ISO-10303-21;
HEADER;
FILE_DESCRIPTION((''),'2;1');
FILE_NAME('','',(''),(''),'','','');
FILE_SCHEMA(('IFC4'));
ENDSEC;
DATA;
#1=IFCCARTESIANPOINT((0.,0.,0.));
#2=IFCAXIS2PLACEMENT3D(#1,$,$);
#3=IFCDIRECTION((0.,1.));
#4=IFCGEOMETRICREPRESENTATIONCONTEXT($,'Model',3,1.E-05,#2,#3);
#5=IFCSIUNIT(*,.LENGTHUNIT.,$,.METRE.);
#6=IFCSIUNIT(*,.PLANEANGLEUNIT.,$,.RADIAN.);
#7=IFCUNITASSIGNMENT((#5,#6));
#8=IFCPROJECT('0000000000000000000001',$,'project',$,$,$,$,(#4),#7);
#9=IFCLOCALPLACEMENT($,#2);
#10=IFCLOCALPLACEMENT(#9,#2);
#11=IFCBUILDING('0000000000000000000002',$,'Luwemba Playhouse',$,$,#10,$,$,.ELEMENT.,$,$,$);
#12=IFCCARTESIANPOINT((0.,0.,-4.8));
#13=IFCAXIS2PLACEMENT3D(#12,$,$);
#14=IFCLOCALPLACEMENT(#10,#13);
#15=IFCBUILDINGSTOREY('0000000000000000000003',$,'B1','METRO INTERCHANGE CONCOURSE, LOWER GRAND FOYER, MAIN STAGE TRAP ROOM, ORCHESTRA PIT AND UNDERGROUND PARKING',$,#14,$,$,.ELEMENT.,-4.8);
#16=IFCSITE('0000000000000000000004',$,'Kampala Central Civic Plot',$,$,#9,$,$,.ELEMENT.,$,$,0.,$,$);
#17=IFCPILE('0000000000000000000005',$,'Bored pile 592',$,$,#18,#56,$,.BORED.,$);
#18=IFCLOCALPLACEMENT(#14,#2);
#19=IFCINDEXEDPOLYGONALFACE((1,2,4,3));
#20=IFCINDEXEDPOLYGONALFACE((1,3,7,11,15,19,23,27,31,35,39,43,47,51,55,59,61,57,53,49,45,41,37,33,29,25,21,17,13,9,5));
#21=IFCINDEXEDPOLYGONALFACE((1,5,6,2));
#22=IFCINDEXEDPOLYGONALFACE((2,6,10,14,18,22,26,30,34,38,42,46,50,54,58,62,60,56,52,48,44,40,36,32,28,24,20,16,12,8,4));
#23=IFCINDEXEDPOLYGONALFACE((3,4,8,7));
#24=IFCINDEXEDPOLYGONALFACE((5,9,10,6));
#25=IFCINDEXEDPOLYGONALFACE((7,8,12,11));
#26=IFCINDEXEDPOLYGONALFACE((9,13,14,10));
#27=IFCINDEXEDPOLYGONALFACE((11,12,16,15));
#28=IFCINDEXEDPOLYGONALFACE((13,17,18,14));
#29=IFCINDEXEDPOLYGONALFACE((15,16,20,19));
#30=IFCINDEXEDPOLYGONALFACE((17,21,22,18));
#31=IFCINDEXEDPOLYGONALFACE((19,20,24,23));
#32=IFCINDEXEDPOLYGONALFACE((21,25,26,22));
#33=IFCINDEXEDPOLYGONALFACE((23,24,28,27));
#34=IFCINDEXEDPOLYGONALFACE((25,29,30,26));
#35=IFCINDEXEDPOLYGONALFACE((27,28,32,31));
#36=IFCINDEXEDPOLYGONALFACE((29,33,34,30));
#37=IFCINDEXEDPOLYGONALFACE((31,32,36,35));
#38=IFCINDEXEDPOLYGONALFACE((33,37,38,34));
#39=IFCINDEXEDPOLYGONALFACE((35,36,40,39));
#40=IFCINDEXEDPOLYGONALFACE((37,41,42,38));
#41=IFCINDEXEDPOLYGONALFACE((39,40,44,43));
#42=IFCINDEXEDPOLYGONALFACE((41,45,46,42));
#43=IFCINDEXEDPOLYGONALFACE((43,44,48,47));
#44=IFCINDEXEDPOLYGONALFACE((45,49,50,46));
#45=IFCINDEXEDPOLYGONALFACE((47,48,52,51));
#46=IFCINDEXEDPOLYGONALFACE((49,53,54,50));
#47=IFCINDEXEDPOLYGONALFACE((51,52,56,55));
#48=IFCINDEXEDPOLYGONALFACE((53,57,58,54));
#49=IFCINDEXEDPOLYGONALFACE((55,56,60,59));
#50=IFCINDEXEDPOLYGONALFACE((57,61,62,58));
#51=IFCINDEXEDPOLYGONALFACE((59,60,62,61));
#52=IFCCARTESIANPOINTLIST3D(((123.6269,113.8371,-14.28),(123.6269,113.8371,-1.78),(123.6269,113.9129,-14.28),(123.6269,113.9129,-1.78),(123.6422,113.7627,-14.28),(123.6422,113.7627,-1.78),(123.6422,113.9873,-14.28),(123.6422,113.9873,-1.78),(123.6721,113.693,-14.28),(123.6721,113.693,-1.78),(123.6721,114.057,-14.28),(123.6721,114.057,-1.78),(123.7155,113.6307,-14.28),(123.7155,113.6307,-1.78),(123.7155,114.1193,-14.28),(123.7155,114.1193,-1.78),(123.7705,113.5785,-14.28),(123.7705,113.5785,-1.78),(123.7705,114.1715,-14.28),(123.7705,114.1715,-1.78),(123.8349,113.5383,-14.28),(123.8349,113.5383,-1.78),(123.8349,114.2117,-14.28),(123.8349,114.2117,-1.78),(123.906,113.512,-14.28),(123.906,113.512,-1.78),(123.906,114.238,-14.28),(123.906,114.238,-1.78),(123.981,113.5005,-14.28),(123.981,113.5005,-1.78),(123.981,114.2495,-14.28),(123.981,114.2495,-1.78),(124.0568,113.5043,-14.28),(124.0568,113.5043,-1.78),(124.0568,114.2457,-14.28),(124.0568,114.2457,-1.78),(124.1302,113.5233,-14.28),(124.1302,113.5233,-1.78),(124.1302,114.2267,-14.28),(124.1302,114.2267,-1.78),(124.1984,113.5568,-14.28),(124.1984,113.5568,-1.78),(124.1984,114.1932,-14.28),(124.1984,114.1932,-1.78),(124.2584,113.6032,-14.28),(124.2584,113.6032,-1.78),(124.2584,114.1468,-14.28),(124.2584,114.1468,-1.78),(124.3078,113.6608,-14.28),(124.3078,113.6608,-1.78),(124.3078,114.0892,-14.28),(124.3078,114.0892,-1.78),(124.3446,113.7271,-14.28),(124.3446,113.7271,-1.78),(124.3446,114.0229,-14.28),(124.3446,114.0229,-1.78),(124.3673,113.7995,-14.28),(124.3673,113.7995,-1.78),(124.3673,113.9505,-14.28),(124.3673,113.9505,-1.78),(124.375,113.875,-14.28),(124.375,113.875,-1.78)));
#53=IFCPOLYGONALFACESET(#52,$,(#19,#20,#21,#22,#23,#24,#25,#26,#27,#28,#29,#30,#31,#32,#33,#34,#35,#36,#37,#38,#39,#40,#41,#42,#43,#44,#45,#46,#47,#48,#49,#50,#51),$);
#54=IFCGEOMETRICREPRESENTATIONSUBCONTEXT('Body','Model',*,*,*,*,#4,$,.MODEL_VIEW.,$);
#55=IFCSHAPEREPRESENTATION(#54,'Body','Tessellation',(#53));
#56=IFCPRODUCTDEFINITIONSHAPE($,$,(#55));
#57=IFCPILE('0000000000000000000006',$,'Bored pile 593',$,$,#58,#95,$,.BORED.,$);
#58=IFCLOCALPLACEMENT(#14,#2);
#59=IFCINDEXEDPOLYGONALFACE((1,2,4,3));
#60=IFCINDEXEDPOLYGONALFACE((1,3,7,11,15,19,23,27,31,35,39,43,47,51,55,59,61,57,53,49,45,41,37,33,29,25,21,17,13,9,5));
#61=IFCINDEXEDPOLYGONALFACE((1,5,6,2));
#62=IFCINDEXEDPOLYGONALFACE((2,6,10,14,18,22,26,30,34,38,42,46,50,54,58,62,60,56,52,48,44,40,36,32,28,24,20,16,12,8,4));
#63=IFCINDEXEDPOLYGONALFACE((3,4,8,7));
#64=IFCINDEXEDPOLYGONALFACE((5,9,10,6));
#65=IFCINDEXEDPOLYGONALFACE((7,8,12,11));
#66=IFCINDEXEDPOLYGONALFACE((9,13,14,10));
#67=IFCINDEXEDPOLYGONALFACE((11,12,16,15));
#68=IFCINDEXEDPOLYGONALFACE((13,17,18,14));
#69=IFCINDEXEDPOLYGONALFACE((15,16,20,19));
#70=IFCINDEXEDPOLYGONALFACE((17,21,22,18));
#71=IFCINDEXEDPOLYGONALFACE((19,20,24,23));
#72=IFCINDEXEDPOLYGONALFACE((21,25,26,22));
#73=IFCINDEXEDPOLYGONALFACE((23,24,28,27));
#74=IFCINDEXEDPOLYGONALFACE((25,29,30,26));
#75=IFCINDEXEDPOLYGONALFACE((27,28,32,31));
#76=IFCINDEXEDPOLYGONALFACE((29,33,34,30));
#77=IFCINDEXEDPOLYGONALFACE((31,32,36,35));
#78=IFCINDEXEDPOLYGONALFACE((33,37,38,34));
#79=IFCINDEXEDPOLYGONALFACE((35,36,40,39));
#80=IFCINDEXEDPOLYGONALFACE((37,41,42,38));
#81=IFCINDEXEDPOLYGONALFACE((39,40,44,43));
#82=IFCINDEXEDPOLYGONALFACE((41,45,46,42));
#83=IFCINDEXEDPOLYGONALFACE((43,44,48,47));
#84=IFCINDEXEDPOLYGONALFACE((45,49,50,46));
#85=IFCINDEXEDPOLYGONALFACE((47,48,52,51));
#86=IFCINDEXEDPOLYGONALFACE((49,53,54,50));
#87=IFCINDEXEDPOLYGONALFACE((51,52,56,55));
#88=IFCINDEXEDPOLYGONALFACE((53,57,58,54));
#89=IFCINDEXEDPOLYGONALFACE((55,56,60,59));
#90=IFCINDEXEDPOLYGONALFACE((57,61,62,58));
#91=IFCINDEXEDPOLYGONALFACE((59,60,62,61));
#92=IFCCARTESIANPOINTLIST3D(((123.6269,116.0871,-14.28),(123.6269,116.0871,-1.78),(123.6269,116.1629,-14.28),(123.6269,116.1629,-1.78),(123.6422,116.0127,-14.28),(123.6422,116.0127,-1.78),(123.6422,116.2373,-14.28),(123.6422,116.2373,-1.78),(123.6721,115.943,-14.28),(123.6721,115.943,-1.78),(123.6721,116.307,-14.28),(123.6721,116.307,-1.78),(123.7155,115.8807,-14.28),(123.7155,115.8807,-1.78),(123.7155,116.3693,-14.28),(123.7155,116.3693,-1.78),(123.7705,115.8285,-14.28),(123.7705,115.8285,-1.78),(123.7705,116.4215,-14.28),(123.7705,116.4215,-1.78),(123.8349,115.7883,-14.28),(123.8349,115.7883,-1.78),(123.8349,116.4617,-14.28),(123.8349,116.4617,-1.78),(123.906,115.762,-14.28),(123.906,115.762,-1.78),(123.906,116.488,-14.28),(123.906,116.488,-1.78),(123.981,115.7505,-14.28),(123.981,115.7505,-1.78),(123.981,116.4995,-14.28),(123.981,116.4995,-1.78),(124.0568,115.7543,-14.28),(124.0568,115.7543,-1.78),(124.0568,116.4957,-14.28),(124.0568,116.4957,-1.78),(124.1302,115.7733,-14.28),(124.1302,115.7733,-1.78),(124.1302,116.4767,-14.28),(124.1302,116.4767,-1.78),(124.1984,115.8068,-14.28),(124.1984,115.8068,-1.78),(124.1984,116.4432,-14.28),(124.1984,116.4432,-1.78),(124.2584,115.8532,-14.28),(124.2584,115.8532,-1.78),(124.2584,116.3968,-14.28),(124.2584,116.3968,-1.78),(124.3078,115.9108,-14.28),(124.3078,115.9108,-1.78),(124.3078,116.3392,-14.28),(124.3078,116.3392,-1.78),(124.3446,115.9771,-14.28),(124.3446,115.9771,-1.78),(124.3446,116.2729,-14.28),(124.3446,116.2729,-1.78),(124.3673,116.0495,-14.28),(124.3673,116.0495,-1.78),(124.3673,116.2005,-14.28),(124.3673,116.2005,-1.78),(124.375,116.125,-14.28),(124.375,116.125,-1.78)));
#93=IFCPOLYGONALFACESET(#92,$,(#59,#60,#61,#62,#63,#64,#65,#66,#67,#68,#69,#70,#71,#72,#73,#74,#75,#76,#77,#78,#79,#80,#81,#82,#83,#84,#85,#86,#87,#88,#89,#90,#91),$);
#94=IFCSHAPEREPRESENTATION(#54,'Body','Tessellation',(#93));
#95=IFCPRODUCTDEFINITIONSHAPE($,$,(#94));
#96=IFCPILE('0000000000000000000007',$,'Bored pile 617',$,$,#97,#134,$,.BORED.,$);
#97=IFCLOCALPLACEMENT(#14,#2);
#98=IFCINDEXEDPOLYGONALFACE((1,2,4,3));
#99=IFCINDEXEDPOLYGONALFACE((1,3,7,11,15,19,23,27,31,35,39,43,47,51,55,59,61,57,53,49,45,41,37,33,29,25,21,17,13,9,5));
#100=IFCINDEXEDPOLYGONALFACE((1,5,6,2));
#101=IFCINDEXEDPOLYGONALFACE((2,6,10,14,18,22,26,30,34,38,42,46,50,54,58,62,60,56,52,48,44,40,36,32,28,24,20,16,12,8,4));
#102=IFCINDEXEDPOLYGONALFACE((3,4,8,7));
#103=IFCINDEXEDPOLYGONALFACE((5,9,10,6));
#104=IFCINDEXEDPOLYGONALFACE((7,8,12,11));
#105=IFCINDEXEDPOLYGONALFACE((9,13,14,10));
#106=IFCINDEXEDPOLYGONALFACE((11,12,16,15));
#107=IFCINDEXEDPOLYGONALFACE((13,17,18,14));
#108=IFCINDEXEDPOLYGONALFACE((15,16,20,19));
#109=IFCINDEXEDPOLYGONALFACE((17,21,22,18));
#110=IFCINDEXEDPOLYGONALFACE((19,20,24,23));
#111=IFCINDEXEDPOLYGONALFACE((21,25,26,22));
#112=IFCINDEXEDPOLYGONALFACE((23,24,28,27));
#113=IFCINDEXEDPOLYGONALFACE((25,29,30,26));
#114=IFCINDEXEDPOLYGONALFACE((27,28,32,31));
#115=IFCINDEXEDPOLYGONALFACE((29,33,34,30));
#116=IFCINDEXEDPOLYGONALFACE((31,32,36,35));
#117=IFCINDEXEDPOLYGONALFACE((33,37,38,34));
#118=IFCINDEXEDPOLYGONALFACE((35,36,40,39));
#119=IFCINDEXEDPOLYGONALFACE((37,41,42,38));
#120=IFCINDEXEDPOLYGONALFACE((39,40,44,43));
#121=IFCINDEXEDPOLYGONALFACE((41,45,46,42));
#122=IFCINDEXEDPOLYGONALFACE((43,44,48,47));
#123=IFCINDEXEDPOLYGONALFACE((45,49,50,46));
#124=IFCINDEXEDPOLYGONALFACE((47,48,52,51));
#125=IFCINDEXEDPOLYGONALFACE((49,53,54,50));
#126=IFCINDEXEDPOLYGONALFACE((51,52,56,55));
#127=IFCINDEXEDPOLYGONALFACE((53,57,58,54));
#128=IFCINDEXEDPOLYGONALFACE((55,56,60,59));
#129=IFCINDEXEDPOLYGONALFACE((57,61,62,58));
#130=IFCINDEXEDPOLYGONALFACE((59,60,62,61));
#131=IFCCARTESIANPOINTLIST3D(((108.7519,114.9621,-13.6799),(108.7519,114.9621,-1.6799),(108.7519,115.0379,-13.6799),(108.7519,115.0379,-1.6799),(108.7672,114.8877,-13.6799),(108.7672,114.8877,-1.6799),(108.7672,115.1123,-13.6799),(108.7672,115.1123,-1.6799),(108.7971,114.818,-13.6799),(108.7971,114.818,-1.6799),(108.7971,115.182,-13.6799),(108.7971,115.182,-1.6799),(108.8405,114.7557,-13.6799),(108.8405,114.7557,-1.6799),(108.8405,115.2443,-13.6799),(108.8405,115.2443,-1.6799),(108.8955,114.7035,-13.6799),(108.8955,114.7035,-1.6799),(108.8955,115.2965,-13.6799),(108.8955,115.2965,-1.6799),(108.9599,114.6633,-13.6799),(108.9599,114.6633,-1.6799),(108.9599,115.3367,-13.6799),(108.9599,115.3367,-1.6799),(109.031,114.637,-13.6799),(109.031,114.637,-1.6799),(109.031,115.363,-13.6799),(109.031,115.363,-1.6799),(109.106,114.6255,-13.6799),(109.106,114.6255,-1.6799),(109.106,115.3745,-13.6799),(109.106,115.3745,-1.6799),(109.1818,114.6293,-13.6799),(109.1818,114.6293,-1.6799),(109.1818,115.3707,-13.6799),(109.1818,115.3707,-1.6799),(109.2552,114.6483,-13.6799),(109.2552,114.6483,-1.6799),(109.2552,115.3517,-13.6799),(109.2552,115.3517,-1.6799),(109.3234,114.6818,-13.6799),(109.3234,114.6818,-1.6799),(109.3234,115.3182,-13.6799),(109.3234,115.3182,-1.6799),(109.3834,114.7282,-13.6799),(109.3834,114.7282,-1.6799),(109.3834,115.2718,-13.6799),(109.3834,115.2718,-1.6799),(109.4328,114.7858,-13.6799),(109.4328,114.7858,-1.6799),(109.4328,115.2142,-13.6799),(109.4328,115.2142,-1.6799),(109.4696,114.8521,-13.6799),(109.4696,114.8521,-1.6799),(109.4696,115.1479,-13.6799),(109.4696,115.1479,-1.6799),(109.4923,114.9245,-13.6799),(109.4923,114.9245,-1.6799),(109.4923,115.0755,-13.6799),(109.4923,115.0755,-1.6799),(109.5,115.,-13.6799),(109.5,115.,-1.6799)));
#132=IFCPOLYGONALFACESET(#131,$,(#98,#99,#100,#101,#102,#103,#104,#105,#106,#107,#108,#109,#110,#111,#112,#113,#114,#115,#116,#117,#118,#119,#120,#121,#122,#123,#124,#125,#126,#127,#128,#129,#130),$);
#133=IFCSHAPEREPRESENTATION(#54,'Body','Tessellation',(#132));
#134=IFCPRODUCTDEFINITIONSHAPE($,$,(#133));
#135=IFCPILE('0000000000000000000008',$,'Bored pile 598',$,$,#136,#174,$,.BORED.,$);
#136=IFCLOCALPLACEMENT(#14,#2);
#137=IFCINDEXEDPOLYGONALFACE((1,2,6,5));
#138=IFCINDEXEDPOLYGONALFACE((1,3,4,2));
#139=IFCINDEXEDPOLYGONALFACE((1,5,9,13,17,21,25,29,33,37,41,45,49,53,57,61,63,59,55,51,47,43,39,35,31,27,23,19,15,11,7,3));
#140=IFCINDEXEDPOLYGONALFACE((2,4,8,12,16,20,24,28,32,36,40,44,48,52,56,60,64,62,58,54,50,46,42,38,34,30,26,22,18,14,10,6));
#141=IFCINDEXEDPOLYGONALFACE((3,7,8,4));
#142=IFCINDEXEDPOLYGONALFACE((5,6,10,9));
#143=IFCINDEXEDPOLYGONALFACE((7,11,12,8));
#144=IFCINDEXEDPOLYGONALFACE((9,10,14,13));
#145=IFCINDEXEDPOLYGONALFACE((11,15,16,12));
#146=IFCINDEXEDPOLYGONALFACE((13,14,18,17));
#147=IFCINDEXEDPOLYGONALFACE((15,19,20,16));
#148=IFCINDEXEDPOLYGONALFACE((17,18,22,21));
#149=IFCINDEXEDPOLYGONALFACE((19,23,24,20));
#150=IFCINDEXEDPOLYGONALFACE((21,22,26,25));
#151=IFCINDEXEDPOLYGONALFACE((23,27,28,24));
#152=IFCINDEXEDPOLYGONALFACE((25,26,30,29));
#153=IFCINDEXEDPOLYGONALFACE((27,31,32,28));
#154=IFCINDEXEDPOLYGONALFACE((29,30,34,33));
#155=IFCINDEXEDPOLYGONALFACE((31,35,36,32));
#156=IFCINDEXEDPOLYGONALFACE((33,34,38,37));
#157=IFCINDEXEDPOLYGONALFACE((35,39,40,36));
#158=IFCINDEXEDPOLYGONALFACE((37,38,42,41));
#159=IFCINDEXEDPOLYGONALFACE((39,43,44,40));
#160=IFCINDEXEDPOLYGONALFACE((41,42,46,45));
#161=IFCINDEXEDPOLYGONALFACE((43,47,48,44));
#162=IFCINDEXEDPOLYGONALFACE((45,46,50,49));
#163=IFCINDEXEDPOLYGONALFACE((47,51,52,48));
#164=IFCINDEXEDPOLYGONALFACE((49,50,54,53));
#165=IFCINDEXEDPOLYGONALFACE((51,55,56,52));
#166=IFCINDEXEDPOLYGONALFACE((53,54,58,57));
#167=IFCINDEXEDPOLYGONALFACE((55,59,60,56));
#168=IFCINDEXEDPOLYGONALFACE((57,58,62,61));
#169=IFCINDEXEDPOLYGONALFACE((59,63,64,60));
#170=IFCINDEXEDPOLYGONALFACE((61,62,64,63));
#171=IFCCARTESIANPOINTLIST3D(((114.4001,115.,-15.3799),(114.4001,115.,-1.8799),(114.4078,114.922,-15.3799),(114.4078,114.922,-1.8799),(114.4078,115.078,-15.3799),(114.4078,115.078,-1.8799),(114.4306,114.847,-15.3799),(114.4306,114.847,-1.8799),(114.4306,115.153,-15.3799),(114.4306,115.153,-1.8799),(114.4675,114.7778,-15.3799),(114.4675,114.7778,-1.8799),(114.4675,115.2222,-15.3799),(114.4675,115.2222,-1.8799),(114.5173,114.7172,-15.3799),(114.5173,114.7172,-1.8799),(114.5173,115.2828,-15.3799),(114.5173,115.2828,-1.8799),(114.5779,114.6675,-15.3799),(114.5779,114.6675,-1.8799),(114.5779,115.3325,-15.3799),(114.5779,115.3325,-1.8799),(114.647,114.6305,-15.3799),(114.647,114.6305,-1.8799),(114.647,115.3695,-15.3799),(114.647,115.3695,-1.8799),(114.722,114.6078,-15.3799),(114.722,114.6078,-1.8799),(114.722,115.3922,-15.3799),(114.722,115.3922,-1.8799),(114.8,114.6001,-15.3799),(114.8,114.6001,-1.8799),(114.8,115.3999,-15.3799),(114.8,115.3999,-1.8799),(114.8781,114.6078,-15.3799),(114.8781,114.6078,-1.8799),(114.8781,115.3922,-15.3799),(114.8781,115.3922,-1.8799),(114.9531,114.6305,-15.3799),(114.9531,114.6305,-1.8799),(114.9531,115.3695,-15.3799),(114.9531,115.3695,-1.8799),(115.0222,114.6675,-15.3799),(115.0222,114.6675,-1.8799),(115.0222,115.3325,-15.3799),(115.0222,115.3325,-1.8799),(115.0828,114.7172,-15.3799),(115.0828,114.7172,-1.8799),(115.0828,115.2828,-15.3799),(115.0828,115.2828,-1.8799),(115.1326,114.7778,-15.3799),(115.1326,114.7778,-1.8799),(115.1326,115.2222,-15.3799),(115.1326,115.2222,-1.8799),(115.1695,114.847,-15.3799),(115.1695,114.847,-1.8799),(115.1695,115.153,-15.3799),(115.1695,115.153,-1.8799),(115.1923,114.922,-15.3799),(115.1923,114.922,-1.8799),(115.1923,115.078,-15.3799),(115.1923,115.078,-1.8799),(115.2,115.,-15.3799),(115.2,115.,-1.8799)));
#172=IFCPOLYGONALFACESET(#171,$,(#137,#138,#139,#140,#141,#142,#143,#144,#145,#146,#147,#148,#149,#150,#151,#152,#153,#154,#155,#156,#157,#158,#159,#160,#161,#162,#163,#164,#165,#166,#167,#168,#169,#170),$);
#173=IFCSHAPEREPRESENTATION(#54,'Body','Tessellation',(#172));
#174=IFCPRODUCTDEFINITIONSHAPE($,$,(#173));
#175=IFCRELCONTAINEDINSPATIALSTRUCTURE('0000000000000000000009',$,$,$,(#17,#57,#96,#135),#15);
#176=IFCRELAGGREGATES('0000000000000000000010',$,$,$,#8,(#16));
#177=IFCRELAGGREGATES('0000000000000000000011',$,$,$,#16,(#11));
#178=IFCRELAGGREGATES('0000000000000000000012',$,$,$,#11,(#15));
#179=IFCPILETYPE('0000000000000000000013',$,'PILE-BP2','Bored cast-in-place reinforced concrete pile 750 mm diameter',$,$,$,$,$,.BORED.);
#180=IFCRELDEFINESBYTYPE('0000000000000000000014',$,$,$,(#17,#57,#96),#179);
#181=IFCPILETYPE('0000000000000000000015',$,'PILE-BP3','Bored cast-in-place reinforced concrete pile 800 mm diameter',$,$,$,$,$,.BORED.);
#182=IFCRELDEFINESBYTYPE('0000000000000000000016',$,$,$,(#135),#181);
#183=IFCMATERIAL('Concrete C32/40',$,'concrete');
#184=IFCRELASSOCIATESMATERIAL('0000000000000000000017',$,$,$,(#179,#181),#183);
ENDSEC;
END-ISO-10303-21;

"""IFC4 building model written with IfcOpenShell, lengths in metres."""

from ifc_helpers import new_model, si_unit, direction, frame, origin, origin_2d, place, context, subcontext, project, spatial, circle, extrude, material, material_profile, profile_set, type_object, element, save


model = new_model("IFC4")

# Units and contexts
model_context = context("Model", 3, precision=1e-05, world=origin(), true_north=direction((0.0, 1.0)))
body_context = subcontext(model_context, "Body", "Model", "MODEL_VIEW")
ifc_project = project(units=[si_unit("LENGTHUNIT", "METRE"), si_unit("PLANEANGLEUNIT", "RADIAN")], contexts=[model_context])

# Site, building, storey
site_placement = place(None, origin())
site = spatial("IfcSite", under=ifc_project, at=site_placement, Name="Kampala Central Civic Plot", CompositionType="ELEMENT", RefElevation=0.0)
building_placement = place(site_placement, origin())
building = spatial("IfcBuilding", under=site, at=building_placement, Name="Luwemba Playhouse", CompositionType="ELEMENT")
storey_placement = place(building_placement, frame((0.0, 0.0, -4.8)))
storey = spatial("IfcBuildingStorey", under=building, at=storey_placement, Name="B1", Description="METRO INTERCHANGE CONCOURSE, LOWER GRAND FOYER, MAIN STAGE TRAP ROOM, ORCHESTRA PIT AND UNDERGROUND PARKING", CompositionType="ELEMENT", Elevation=-4.8)

# Shared definitions
ifc_material_1 = material(Name="Concrete C32/40", Category="concrete")

# Piles
ifc_material_profile_1 = material_profile(ifc_material_1, circle(Radius=0.375, at=origin_2d()))
ifc_profile_set_1 = profile_set([ifc_material_profile_1], Name="Concrete C32/40")
pile_type_1 = type_object("IfcPileType", Name="PILE-BP2", Description="Bored cast-in-place reinforced concrete pile 750 mm diameter", PredefinedType="BORED", material=ifc_profile_set_1)
for number, where, z_axis, x_axis, name in (
    (1, (124.0, 113.875, -1.78), (0.0, 0.0, -1.0), (1.0, 0.0, 0.0), "Bored pile 592"),
    (2, (124.0, 116.125, -1.78), (0.0, 0.0, -1.0), (1.0, 0.0, 0.0), "Bored pile 593"),
):
    element("IfcPile", number, at=place(storey_placement, frame(where, z_axis=z_axis, x_axis=x_axis)), inside=storey, type_object=pile_type_1, Name=name, PredefinedType="BORED", context=body_context, shape_type="SweptSolid", body=[
        extrude(circle(Radius=0.375, at=origin_2d()), origin(), (0.0, 0.0, 1.0), 12.5),
    ])
pile_placement = place(storey_placement, frame((109.125, 115.0, -1.6799), z_axis=(0.0, 0.0, -1.0), x_axis=(1.0, 0.0, 0.0)))
element("IfcPile", 3, at=pile_placement, inside=storey, type_object=pile_type_1, Name="Bored pile 617", PredefinedType="BORED", context=body_context, shape_type="SweptSolid", body=[
    extrude(circle(Radius=0.375, at=origin_2d()), origin(), (0.0, 0.0, 1.0), 12.0),
])
ifc_material_profile_2 = material_profile(ifc_material_1, circle(Radius=0.3999, at=origin_2d()))
ifc_profile_set_2 = profile_set([ifc_material_profile_2], Name="Concrete C32/40")
pile_type_2 = type_object("IfcPileType", Name="PILE-BP3", Description="Bored cast-in-place reinforced concrete pile 800 mm diameter", PredefinedType="BORED", material=ifc_profile_set_2)
for number, where, z_axis, x_axis, name in (
    (4, (114.8, 115.0, -1.8799), (0.0, 0.0, -1.0), (1.0, 0.0, 0.0), "Bored pile 598"),
):
    element("IfcPile", number, at=place(storey_placement, frame(where, z_axis=z_axis, x_axis=x_axis)), inside=storey, type_object=pile_type_2, Name=name, PredefinedType="BORED", context=body_context, shape_type="SweptSolid", body=[
        extrude(circle(Radius=0.3999, at=origin_2d()), origin(), (0.0, 0.0, 1.0), 13.5),
    ])

save(model, "model.ifc")
